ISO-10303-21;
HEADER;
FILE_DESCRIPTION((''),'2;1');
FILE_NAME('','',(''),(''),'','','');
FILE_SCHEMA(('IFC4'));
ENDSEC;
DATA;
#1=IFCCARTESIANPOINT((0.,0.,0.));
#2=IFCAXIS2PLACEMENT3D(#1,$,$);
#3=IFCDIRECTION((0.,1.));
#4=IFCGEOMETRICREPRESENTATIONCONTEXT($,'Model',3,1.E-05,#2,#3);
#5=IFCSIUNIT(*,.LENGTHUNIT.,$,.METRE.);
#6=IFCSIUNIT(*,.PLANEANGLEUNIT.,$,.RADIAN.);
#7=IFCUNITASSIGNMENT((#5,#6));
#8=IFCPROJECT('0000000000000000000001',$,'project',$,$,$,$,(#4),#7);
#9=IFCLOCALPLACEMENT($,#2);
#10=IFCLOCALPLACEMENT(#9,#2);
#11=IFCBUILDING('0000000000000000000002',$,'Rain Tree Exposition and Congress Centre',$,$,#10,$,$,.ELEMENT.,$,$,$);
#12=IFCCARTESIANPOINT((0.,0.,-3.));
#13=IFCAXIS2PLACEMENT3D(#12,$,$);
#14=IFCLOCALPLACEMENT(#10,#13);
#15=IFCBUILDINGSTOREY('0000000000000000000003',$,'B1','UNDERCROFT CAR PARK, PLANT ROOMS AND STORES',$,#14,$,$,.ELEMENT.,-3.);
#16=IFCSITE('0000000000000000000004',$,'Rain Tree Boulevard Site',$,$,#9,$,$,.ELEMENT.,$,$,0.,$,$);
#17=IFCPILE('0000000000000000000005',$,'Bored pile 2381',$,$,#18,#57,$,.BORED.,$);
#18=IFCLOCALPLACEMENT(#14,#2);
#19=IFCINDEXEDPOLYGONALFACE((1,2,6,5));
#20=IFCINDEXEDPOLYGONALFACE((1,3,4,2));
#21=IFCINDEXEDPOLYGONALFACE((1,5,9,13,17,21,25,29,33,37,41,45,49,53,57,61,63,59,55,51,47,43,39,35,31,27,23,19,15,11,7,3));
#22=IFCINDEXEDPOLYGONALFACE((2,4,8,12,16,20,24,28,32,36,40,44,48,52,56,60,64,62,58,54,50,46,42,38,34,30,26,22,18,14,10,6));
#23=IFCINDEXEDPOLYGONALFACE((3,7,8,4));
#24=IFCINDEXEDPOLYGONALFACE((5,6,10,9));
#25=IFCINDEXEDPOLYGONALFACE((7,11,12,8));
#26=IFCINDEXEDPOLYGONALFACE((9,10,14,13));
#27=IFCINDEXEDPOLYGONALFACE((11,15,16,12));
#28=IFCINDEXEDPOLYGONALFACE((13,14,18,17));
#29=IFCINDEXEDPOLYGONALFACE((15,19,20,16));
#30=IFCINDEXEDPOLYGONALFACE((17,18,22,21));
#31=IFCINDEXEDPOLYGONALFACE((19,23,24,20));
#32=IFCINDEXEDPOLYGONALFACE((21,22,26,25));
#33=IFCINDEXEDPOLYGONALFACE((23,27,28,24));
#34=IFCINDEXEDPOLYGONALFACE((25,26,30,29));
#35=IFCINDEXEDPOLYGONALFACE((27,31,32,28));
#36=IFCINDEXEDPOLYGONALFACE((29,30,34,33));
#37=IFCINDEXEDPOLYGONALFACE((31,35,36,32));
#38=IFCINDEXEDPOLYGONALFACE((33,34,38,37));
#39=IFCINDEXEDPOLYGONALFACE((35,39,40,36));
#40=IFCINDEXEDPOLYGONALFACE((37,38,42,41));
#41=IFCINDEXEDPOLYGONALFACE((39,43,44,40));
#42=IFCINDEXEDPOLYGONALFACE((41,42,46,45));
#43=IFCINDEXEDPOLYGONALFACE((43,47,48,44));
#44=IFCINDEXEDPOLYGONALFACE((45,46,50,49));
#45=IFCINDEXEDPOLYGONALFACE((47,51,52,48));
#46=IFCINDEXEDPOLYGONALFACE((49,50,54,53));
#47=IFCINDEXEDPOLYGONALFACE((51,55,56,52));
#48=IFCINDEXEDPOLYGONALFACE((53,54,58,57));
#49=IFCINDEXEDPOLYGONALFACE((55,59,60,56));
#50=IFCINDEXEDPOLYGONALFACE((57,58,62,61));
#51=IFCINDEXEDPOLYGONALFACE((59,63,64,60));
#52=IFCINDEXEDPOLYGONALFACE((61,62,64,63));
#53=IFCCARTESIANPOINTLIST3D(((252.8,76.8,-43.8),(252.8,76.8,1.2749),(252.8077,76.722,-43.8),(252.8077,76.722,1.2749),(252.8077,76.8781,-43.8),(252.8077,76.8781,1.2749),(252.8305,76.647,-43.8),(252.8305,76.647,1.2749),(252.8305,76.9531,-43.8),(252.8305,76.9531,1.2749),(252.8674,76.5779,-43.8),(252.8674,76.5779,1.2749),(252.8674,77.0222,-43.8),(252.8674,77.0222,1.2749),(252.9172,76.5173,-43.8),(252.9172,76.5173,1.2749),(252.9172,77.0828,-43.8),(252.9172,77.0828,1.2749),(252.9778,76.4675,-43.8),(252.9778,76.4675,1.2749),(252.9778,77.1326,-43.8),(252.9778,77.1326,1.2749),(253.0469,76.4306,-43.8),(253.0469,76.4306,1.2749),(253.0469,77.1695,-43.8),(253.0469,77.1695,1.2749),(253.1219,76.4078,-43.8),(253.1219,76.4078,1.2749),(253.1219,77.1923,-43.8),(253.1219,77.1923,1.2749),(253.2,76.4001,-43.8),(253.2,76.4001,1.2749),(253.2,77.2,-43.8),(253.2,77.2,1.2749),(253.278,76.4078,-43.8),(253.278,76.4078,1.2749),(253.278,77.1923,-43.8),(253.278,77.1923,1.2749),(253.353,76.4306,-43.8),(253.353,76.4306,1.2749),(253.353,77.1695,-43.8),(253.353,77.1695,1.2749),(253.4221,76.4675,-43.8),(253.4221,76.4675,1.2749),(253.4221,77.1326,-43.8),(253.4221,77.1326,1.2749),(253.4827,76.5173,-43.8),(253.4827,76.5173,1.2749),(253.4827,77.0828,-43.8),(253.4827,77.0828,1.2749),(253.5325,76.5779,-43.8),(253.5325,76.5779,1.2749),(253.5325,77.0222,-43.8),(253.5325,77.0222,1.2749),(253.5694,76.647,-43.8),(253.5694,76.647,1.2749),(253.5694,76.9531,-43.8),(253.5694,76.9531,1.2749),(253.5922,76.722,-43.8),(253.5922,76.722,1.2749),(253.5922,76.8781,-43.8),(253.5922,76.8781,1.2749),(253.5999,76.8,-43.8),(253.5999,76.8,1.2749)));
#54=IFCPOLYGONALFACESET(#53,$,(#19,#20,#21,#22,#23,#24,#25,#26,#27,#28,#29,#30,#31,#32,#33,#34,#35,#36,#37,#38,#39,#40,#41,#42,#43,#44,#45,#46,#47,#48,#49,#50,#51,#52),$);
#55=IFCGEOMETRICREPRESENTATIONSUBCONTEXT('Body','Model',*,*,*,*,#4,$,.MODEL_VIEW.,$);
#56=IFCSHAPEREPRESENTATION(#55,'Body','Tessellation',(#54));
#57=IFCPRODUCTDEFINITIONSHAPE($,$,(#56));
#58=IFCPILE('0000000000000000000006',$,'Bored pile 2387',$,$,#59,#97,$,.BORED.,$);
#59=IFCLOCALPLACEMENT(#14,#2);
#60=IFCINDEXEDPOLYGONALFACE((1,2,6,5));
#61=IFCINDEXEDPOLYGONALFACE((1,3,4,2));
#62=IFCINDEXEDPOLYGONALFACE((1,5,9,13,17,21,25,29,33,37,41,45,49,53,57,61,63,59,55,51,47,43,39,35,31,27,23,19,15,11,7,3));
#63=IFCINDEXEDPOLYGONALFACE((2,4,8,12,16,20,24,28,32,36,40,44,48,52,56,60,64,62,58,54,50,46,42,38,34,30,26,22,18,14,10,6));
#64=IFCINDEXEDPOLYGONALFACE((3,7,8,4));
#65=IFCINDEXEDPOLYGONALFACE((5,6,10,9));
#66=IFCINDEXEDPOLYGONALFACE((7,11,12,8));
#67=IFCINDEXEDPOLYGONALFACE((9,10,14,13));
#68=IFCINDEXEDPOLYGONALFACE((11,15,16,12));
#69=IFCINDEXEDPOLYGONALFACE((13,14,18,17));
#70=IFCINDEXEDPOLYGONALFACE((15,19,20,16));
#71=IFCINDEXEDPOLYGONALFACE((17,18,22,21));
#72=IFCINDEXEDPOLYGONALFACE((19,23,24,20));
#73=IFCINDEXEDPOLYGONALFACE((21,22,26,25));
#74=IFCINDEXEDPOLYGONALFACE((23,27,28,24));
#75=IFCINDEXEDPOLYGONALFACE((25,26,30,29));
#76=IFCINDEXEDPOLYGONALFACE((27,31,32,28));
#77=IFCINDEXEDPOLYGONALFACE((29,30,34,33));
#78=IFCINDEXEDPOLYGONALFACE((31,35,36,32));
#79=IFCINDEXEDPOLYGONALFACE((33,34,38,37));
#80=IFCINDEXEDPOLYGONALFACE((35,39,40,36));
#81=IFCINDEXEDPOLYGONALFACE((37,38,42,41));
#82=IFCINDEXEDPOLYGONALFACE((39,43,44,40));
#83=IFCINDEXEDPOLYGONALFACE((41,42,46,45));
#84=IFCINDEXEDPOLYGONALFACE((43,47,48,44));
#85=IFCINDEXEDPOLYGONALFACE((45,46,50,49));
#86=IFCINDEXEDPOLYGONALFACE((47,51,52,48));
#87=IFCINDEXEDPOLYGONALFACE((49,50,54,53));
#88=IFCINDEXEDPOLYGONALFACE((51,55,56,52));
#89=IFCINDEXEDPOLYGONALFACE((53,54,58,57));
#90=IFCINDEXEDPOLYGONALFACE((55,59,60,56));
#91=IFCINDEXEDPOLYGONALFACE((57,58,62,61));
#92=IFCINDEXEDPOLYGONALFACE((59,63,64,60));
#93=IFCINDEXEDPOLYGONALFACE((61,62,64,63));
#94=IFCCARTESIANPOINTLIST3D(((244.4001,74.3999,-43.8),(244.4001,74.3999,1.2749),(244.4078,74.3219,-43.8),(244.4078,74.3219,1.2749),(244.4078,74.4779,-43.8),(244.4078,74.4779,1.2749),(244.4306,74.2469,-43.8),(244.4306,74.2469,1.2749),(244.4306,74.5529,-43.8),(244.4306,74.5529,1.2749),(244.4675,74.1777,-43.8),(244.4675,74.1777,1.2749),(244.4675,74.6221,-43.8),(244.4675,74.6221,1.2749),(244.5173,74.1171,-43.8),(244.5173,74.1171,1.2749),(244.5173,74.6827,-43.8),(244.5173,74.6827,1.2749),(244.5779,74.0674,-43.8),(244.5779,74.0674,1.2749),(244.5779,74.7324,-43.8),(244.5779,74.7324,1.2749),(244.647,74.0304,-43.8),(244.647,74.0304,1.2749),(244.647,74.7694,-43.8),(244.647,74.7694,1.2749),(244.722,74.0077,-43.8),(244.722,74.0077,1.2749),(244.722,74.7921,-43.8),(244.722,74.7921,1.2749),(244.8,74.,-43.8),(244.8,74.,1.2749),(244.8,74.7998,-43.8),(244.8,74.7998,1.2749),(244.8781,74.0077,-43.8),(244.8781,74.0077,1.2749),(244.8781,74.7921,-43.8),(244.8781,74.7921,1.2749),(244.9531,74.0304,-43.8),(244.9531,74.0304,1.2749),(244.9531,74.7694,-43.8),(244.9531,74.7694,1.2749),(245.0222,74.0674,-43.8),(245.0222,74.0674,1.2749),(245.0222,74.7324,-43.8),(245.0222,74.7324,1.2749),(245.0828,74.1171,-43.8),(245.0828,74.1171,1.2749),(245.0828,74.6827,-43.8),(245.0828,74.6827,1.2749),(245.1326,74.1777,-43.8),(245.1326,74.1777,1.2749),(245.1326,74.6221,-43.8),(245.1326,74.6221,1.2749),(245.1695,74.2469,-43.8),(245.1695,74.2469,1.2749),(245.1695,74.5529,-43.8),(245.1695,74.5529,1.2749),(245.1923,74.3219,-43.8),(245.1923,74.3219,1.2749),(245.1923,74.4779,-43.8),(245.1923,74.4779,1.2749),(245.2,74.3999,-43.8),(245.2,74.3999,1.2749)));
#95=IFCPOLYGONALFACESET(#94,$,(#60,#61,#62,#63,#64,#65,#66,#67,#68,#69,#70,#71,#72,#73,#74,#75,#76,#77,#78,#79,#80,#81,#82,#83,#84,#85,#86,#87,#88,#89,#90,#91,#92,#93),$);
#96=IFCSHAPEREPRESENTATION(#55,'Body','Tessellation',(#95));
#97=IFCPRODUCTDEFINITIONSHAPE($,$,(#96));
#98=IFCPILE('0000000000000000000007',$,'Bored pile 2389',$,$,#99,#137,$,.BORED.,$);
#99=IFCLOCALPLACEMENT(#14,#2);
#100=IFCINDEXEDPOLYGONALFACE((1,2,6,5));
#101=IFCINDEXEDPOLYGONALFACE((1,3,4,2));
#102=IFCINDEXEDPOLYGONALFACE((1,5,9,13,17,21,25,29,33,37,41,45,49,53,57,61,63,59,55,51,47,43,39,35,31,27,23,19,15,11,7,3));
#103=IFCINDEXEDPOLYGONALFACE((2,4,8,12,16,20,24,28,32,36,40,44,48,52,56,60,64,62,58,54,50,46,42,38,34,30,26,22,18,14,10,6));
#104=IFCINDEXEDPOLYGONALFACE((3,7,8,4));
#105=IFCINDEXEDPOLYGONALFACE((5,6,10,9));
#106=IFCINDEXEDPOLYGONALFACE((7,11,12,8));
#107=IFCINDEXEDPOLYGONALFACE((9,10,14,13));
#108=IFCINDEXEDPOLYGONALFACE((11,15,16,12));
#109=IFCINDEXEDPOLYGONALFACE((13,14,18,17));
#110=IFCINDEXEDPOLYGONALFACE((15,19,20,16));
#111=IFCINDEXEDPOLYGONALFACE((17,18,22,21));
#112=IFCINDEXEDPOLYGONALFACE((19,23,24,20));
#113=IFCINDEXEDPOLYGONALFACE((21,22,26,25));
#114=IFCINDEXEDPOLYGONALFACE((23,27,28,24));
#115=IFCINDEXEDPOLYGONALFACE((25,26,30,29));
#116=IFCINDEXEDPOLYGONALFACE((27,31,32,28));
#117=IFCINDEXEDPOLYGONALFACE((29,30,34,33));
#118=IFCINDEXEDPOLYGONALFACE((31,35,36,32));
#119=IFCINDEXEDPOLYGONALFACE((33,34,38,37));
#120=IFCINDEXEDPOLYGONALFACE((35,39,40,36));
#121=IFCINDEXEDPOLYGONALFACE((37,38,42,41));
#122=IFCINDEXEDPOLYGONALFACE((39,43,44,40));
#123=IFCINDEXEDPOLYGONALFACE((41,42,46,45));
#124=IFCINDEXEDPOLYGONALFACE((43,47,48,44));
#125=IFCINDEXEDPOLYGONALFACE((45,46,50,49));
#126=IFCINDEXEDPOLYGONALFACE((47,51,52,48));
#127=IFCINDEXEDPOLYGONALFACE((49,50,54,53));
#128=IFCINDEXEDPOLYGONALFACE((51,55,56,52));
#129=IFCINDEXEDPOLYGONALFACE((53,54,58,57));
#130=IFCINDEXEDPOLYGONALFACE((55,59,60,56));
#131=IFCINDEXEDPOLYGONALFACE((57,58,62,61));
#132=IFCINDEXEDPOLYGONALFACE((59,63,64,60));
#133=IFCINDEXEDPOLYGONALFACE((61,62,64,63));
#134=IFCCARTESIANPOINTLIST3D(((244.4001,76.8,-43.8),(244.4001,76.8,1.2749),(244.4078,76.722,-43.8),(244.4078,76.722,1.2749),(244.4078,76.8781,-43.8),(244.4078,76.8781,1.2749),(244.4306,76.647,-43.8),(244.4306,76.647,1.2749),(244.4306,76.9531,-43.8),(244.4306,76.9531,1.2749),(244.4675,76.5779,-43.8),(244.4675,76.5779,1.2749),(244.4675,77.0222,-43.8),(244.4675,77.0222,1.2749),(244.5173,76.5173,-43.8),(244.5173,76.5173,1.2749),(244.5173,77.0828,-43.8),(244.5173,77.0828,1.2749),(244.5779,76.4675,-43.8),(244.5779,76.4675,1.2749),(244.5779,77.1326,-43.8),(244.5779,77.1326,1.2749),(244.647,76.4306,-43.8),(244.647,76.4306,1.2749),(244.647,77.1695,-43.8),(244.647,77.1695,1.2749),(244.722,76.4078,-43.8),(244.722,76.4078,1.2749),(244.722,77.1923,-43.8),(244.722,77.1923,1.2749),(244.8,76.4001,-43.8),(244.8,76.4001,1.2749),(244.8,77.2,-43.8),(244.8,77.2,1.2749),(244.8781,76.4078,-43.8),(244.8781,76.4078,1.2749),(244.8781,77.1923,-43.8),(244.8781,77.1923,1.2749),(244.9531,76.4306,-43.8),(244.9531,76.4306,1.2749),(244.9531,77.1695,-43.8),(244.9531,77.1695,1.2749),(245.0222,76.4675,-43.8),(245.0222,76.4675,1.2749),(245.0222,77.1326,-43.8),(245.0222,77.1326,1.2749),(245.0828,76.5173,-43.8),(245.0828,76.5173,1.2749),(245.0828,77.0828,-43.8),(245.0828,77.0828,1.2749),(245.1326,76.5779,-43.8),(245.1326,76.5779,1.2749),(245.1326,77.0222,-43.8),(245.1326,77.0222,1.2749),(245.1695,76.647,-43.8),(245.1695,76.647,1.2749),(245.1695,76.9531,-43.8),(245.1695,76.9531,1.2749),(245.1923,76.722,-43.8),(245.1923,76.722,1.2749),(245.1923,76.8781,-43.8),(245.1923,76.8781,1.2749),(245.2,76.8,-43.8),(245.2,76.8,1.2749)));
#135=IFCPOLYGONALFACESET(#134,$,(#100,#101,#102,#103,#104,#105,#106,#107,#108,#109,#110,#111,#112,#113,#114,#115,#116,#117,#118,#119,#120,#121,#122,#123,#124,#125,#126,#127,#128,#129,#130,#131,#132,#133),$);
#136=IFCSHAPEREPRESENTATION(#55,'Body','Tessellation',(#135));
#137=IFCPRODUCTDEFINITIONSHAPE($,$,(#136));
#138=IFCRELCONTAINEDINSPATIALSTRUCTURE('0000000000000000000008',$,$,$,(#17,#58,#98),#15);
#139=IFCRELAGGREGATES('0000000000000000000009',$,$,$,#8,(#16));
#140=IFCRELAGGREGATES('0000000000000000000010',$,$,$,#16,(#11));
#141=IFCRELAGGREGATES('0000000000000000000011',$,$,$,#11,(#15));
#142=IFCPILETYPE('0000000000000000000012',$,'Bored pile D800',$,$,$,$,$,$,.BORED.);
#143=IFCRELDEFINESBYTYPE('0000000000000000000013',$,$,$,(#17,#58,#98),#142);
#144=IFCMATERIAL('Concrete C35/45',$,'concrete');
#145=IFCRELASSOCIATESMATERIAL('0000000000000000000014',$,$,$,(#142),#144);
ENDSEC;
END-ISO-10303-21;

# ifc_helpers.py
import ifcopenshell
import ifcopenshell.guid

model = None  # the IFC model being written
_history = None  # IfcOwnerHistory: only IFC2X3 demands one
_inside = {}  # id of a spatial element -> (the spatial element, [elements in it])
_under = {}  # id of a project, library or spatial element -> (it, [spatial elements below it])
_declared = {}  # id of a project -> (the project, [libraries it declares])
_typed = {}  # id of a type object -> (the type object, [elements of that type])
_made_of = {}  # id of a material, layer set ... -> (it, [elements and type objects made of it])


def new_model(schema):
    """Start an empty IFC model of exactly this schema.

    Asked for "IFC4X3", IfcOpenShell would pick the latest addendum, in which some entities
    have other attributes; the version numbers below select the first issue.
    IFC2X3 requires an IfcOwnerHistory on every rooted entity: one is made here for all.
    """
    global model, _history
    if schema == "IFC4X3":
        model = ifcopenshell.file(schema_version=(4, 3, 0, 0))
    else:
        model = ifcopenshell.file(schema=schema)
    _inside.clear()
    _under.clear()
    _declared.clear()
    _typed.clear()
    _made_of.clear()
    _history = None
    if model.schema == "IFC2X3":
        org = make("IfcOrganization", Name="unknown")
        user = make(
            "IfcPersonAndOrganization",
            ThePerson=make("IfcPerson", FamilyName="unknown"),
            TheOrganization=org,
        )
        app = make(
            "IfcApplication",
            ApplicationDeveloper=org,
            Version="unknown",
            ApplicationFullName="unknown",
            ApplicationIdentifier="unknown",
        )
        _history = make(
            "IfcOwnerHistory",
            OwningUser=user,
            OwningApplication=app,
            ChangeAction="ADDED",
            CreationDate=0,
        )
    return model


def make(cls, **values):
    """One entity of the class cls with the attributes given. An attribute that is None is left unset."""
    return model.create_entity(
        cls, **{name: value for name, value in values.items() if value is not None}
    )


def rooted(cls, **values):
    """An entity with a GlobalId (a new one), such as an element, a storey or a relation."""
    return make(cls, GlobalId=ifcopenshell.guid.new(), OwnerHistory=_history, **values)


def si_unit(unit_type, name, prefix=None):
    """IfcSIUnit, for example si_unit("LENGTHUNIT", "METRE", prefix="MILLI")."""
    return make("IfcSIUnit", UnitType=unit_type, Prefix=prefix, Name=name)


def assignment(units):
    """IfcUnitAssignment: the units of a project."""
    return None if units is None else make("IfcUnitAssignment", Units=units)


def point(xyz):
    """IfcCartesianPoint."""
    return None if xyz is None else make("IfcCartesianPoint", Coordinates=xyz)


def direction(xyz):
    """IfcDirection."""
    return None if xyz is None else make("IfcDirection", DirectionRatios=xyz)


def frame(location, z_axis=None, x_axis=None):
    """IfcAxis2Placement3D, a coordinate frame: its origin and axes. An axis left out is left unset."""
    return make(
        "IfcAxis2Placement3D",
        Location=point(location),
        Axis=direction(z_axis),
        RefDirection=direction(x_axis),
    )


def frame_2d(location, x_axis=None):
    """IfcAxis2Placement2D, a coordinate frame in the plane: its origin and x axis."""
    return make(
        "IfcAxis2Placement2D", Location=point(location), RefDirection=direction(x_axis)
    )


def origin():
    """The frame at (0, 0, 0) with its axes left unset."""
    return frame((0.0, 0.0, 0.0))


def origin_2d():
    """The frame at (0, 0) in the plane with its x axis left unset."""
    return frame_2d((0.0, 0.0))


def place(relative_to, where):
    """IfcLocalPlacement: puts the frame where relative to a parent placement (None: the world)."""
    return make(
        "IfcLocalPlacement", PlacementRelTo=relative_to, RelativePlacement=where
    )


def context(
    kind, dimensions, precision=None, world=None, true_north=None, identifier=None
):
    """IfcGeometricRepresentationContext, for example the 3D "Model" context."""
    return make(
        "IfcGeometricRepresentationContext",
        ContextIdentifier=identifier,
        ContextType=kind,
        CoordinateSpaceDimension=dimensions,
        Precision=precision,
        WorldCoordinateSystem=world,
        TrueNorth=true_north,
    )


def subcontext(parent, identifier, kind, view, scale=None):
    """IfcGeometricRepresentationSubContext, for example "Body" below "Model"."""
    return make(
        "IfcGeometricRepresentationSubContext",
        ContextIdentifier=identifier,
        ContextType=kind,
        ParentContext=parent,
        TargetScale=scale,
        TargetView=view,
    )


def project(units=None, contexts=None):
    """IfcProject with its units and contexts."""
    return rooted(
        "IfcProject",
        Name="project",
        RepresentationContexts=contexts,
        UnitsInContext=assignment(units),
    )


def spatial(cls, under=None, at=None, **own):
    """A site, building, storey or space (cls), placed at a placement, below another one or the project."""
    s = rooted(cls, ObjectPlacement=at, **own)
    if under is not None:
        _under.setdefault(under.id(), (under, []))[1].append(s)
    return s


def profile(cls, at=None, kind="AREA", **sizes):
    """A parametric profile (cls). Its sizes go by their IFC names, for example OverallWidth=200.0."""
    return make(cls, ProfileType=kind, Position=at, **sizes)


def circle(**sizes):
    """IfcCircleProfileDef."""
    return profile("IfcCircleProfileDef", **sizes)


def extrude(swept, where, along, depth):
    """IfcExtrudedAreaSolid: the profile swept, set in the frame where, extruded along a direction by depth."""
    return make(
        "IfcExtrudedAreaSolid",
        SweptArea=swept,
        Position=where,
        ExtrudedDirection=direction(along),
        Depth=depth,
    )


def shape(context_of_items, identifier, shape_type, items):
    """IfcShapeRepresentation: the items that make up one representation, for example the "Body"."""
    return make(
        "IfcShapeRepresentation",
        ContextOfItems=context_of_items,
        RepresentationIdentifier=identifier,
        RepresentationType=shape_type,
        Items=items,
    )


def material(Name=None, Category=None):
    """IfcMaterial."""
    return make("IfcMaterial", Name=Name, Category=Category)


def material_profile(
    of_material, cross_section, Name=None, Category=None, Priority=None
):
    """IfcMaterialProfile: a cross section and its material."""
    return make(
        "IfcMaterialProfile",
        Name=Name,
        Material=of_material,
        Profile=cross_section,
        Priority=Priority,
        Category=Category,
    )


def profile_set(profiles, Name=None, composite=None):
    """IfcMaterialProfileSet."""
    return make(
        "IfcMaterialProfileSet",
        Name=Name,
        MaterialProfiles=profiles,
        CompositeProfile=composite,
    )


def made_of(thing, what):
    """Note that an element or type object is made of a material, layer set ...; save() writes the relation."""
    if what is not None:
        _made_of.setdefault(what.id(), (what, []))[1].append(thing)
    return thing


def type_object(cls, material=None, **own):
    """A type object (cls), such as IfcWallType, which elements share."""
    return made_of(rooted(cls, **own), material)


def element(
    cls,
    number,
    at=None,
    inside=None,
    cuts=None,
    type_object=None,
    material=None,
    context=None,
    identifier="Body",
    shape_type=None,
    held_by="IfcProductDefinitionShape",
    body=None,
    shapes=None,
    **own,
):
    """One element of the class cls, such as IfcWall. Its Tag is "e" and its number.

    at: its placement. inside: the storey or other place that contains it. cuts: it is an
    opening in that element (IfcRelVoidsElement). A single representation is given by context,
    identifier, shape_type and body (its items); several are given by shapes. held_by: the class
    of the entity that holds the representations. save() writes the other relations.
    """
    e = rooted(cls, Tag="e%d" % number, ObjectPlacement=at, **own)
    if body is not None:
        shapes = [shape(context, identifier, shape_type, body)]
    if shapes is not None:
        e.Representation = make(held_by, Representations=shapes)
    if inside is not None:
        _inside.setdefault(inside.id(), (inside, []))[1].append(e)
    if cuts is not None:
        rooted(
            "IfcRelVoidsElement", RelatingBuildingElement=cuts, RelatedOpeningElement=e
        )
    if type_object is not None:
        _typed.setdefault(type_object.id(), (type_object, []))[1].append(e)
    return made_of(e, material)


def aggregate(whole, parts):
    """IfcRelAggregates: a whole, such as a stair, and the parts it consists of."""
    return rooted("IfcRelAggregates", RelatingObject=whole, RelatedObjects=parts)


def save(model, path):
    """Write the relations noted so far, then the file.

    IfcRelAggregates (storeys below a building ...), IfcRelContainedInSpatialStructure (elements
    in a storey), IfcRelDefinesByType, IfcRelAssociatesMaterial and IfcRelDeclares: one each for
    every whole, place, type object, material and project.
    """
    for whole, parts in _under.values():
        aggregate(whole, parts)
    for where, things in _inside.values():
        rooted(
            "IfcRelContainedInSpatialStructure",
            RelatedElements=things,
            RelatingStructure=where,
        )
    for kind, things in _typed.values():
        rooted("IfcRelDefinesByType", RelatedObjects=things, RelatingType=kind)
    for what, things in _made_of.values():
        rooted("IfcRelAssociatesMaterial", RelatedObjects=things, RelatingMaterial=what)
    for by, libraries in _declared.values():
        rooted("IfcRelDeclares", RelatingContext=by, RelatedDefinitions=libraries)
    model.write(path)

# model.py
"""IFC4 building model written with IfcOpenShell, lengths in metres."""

from ifc_helpers import new_model, si_unit, direction, frame, origin, origin_2d, place, context, subcontext, project, spatial, circle, extrude, material, material_profile, profile_set, type_object, element, save


model = new_model("IFC4")

# Units and contexts
model_context = context("Model", 3, precision=1e-05, world=origin(), true_north=direction((0.0, 1.0)))
body_context = subcontext(model_context, "Body", "Model", "MODEL_VIEW")
ifc_project = project(units=[si_unit("LENGTHUNIT", "METRE"), si_unit("PLANEANGLEUNIT", "RADIAN")], contexts=[model_context])

# Site, building, storey
site_placement = place(None, origin())
site = spatial("IfcSite", under=ifc_project, at=site_placement, Name="Rain Tree Boulevard Site", CompositionType="ELEMENT", RefElevation=0.0)
building_placement = place(site_placement, origin())
building = spatial("IfcBuilding", under=site, at=building_placement, Name="Rain Tree Exposition and Congress Centre", CompositionType="ELEMENT")
storey_placement = place(building_placement, frame((0.0, 0.0, -3.0)))
storey = spatial("IfcBuildingStorey", under=building, at=storey_placement, Name="B1", Description="UNDERCROFT CAR PARK, PLANT ROOMS AND STORES", CompositionType="ELEMENT", Elevation=-3.0)

# Piles
ifc_material_1 = material(Name="Concrete C35/45", Category="concrete")
ifc_material_profile_1 = material_profile(ifc_material_1, circle(Radius=0.3999, at=origin_2d()), Name="D800")
ifc_profile_set_1 = profile_set([ifc_material_profile_1], Name="Concrete C35/45")
pile_type_1 = type_object("IfcPileType", Name="Bored pile D800", PredefinedType="BORED", material=ifc_profile_set_1)
for number, where, z_axis, x_axis, name in (
    (1, (253.2, 76.8, 1.2749), (0.0, 0.0, -1.0), (1.0, 0.0, 0.0), "Bored pile 2381"),
    (2, (244.8, 74.3999, 1.2749), (0.0, 0.0, -1.0), (1.0, 0.0, 0.0), "Bored pile 2387"),
    (3, (244.8, 76.8, 1.2749), (0.0, 0.0, -1.0), (1.0, 0.0, 0.0), "Bored pile 2389"),
):
    element("IfcPile", number, at=place(storey_placement, frame(where, z_axis=z_axis, x_axis=x_axis)), inside=storey, type_object=pile_type_1, Name=name, PredefinedType="BORED", context=body_context, shape_type="SweptSolid", body=[
        extrude(circle(Radius=0.3999, at=origin_2d()), origin(), (0.0, 0.0, 1.0), 45.075),
    ])

save(model, "model.ifc")
